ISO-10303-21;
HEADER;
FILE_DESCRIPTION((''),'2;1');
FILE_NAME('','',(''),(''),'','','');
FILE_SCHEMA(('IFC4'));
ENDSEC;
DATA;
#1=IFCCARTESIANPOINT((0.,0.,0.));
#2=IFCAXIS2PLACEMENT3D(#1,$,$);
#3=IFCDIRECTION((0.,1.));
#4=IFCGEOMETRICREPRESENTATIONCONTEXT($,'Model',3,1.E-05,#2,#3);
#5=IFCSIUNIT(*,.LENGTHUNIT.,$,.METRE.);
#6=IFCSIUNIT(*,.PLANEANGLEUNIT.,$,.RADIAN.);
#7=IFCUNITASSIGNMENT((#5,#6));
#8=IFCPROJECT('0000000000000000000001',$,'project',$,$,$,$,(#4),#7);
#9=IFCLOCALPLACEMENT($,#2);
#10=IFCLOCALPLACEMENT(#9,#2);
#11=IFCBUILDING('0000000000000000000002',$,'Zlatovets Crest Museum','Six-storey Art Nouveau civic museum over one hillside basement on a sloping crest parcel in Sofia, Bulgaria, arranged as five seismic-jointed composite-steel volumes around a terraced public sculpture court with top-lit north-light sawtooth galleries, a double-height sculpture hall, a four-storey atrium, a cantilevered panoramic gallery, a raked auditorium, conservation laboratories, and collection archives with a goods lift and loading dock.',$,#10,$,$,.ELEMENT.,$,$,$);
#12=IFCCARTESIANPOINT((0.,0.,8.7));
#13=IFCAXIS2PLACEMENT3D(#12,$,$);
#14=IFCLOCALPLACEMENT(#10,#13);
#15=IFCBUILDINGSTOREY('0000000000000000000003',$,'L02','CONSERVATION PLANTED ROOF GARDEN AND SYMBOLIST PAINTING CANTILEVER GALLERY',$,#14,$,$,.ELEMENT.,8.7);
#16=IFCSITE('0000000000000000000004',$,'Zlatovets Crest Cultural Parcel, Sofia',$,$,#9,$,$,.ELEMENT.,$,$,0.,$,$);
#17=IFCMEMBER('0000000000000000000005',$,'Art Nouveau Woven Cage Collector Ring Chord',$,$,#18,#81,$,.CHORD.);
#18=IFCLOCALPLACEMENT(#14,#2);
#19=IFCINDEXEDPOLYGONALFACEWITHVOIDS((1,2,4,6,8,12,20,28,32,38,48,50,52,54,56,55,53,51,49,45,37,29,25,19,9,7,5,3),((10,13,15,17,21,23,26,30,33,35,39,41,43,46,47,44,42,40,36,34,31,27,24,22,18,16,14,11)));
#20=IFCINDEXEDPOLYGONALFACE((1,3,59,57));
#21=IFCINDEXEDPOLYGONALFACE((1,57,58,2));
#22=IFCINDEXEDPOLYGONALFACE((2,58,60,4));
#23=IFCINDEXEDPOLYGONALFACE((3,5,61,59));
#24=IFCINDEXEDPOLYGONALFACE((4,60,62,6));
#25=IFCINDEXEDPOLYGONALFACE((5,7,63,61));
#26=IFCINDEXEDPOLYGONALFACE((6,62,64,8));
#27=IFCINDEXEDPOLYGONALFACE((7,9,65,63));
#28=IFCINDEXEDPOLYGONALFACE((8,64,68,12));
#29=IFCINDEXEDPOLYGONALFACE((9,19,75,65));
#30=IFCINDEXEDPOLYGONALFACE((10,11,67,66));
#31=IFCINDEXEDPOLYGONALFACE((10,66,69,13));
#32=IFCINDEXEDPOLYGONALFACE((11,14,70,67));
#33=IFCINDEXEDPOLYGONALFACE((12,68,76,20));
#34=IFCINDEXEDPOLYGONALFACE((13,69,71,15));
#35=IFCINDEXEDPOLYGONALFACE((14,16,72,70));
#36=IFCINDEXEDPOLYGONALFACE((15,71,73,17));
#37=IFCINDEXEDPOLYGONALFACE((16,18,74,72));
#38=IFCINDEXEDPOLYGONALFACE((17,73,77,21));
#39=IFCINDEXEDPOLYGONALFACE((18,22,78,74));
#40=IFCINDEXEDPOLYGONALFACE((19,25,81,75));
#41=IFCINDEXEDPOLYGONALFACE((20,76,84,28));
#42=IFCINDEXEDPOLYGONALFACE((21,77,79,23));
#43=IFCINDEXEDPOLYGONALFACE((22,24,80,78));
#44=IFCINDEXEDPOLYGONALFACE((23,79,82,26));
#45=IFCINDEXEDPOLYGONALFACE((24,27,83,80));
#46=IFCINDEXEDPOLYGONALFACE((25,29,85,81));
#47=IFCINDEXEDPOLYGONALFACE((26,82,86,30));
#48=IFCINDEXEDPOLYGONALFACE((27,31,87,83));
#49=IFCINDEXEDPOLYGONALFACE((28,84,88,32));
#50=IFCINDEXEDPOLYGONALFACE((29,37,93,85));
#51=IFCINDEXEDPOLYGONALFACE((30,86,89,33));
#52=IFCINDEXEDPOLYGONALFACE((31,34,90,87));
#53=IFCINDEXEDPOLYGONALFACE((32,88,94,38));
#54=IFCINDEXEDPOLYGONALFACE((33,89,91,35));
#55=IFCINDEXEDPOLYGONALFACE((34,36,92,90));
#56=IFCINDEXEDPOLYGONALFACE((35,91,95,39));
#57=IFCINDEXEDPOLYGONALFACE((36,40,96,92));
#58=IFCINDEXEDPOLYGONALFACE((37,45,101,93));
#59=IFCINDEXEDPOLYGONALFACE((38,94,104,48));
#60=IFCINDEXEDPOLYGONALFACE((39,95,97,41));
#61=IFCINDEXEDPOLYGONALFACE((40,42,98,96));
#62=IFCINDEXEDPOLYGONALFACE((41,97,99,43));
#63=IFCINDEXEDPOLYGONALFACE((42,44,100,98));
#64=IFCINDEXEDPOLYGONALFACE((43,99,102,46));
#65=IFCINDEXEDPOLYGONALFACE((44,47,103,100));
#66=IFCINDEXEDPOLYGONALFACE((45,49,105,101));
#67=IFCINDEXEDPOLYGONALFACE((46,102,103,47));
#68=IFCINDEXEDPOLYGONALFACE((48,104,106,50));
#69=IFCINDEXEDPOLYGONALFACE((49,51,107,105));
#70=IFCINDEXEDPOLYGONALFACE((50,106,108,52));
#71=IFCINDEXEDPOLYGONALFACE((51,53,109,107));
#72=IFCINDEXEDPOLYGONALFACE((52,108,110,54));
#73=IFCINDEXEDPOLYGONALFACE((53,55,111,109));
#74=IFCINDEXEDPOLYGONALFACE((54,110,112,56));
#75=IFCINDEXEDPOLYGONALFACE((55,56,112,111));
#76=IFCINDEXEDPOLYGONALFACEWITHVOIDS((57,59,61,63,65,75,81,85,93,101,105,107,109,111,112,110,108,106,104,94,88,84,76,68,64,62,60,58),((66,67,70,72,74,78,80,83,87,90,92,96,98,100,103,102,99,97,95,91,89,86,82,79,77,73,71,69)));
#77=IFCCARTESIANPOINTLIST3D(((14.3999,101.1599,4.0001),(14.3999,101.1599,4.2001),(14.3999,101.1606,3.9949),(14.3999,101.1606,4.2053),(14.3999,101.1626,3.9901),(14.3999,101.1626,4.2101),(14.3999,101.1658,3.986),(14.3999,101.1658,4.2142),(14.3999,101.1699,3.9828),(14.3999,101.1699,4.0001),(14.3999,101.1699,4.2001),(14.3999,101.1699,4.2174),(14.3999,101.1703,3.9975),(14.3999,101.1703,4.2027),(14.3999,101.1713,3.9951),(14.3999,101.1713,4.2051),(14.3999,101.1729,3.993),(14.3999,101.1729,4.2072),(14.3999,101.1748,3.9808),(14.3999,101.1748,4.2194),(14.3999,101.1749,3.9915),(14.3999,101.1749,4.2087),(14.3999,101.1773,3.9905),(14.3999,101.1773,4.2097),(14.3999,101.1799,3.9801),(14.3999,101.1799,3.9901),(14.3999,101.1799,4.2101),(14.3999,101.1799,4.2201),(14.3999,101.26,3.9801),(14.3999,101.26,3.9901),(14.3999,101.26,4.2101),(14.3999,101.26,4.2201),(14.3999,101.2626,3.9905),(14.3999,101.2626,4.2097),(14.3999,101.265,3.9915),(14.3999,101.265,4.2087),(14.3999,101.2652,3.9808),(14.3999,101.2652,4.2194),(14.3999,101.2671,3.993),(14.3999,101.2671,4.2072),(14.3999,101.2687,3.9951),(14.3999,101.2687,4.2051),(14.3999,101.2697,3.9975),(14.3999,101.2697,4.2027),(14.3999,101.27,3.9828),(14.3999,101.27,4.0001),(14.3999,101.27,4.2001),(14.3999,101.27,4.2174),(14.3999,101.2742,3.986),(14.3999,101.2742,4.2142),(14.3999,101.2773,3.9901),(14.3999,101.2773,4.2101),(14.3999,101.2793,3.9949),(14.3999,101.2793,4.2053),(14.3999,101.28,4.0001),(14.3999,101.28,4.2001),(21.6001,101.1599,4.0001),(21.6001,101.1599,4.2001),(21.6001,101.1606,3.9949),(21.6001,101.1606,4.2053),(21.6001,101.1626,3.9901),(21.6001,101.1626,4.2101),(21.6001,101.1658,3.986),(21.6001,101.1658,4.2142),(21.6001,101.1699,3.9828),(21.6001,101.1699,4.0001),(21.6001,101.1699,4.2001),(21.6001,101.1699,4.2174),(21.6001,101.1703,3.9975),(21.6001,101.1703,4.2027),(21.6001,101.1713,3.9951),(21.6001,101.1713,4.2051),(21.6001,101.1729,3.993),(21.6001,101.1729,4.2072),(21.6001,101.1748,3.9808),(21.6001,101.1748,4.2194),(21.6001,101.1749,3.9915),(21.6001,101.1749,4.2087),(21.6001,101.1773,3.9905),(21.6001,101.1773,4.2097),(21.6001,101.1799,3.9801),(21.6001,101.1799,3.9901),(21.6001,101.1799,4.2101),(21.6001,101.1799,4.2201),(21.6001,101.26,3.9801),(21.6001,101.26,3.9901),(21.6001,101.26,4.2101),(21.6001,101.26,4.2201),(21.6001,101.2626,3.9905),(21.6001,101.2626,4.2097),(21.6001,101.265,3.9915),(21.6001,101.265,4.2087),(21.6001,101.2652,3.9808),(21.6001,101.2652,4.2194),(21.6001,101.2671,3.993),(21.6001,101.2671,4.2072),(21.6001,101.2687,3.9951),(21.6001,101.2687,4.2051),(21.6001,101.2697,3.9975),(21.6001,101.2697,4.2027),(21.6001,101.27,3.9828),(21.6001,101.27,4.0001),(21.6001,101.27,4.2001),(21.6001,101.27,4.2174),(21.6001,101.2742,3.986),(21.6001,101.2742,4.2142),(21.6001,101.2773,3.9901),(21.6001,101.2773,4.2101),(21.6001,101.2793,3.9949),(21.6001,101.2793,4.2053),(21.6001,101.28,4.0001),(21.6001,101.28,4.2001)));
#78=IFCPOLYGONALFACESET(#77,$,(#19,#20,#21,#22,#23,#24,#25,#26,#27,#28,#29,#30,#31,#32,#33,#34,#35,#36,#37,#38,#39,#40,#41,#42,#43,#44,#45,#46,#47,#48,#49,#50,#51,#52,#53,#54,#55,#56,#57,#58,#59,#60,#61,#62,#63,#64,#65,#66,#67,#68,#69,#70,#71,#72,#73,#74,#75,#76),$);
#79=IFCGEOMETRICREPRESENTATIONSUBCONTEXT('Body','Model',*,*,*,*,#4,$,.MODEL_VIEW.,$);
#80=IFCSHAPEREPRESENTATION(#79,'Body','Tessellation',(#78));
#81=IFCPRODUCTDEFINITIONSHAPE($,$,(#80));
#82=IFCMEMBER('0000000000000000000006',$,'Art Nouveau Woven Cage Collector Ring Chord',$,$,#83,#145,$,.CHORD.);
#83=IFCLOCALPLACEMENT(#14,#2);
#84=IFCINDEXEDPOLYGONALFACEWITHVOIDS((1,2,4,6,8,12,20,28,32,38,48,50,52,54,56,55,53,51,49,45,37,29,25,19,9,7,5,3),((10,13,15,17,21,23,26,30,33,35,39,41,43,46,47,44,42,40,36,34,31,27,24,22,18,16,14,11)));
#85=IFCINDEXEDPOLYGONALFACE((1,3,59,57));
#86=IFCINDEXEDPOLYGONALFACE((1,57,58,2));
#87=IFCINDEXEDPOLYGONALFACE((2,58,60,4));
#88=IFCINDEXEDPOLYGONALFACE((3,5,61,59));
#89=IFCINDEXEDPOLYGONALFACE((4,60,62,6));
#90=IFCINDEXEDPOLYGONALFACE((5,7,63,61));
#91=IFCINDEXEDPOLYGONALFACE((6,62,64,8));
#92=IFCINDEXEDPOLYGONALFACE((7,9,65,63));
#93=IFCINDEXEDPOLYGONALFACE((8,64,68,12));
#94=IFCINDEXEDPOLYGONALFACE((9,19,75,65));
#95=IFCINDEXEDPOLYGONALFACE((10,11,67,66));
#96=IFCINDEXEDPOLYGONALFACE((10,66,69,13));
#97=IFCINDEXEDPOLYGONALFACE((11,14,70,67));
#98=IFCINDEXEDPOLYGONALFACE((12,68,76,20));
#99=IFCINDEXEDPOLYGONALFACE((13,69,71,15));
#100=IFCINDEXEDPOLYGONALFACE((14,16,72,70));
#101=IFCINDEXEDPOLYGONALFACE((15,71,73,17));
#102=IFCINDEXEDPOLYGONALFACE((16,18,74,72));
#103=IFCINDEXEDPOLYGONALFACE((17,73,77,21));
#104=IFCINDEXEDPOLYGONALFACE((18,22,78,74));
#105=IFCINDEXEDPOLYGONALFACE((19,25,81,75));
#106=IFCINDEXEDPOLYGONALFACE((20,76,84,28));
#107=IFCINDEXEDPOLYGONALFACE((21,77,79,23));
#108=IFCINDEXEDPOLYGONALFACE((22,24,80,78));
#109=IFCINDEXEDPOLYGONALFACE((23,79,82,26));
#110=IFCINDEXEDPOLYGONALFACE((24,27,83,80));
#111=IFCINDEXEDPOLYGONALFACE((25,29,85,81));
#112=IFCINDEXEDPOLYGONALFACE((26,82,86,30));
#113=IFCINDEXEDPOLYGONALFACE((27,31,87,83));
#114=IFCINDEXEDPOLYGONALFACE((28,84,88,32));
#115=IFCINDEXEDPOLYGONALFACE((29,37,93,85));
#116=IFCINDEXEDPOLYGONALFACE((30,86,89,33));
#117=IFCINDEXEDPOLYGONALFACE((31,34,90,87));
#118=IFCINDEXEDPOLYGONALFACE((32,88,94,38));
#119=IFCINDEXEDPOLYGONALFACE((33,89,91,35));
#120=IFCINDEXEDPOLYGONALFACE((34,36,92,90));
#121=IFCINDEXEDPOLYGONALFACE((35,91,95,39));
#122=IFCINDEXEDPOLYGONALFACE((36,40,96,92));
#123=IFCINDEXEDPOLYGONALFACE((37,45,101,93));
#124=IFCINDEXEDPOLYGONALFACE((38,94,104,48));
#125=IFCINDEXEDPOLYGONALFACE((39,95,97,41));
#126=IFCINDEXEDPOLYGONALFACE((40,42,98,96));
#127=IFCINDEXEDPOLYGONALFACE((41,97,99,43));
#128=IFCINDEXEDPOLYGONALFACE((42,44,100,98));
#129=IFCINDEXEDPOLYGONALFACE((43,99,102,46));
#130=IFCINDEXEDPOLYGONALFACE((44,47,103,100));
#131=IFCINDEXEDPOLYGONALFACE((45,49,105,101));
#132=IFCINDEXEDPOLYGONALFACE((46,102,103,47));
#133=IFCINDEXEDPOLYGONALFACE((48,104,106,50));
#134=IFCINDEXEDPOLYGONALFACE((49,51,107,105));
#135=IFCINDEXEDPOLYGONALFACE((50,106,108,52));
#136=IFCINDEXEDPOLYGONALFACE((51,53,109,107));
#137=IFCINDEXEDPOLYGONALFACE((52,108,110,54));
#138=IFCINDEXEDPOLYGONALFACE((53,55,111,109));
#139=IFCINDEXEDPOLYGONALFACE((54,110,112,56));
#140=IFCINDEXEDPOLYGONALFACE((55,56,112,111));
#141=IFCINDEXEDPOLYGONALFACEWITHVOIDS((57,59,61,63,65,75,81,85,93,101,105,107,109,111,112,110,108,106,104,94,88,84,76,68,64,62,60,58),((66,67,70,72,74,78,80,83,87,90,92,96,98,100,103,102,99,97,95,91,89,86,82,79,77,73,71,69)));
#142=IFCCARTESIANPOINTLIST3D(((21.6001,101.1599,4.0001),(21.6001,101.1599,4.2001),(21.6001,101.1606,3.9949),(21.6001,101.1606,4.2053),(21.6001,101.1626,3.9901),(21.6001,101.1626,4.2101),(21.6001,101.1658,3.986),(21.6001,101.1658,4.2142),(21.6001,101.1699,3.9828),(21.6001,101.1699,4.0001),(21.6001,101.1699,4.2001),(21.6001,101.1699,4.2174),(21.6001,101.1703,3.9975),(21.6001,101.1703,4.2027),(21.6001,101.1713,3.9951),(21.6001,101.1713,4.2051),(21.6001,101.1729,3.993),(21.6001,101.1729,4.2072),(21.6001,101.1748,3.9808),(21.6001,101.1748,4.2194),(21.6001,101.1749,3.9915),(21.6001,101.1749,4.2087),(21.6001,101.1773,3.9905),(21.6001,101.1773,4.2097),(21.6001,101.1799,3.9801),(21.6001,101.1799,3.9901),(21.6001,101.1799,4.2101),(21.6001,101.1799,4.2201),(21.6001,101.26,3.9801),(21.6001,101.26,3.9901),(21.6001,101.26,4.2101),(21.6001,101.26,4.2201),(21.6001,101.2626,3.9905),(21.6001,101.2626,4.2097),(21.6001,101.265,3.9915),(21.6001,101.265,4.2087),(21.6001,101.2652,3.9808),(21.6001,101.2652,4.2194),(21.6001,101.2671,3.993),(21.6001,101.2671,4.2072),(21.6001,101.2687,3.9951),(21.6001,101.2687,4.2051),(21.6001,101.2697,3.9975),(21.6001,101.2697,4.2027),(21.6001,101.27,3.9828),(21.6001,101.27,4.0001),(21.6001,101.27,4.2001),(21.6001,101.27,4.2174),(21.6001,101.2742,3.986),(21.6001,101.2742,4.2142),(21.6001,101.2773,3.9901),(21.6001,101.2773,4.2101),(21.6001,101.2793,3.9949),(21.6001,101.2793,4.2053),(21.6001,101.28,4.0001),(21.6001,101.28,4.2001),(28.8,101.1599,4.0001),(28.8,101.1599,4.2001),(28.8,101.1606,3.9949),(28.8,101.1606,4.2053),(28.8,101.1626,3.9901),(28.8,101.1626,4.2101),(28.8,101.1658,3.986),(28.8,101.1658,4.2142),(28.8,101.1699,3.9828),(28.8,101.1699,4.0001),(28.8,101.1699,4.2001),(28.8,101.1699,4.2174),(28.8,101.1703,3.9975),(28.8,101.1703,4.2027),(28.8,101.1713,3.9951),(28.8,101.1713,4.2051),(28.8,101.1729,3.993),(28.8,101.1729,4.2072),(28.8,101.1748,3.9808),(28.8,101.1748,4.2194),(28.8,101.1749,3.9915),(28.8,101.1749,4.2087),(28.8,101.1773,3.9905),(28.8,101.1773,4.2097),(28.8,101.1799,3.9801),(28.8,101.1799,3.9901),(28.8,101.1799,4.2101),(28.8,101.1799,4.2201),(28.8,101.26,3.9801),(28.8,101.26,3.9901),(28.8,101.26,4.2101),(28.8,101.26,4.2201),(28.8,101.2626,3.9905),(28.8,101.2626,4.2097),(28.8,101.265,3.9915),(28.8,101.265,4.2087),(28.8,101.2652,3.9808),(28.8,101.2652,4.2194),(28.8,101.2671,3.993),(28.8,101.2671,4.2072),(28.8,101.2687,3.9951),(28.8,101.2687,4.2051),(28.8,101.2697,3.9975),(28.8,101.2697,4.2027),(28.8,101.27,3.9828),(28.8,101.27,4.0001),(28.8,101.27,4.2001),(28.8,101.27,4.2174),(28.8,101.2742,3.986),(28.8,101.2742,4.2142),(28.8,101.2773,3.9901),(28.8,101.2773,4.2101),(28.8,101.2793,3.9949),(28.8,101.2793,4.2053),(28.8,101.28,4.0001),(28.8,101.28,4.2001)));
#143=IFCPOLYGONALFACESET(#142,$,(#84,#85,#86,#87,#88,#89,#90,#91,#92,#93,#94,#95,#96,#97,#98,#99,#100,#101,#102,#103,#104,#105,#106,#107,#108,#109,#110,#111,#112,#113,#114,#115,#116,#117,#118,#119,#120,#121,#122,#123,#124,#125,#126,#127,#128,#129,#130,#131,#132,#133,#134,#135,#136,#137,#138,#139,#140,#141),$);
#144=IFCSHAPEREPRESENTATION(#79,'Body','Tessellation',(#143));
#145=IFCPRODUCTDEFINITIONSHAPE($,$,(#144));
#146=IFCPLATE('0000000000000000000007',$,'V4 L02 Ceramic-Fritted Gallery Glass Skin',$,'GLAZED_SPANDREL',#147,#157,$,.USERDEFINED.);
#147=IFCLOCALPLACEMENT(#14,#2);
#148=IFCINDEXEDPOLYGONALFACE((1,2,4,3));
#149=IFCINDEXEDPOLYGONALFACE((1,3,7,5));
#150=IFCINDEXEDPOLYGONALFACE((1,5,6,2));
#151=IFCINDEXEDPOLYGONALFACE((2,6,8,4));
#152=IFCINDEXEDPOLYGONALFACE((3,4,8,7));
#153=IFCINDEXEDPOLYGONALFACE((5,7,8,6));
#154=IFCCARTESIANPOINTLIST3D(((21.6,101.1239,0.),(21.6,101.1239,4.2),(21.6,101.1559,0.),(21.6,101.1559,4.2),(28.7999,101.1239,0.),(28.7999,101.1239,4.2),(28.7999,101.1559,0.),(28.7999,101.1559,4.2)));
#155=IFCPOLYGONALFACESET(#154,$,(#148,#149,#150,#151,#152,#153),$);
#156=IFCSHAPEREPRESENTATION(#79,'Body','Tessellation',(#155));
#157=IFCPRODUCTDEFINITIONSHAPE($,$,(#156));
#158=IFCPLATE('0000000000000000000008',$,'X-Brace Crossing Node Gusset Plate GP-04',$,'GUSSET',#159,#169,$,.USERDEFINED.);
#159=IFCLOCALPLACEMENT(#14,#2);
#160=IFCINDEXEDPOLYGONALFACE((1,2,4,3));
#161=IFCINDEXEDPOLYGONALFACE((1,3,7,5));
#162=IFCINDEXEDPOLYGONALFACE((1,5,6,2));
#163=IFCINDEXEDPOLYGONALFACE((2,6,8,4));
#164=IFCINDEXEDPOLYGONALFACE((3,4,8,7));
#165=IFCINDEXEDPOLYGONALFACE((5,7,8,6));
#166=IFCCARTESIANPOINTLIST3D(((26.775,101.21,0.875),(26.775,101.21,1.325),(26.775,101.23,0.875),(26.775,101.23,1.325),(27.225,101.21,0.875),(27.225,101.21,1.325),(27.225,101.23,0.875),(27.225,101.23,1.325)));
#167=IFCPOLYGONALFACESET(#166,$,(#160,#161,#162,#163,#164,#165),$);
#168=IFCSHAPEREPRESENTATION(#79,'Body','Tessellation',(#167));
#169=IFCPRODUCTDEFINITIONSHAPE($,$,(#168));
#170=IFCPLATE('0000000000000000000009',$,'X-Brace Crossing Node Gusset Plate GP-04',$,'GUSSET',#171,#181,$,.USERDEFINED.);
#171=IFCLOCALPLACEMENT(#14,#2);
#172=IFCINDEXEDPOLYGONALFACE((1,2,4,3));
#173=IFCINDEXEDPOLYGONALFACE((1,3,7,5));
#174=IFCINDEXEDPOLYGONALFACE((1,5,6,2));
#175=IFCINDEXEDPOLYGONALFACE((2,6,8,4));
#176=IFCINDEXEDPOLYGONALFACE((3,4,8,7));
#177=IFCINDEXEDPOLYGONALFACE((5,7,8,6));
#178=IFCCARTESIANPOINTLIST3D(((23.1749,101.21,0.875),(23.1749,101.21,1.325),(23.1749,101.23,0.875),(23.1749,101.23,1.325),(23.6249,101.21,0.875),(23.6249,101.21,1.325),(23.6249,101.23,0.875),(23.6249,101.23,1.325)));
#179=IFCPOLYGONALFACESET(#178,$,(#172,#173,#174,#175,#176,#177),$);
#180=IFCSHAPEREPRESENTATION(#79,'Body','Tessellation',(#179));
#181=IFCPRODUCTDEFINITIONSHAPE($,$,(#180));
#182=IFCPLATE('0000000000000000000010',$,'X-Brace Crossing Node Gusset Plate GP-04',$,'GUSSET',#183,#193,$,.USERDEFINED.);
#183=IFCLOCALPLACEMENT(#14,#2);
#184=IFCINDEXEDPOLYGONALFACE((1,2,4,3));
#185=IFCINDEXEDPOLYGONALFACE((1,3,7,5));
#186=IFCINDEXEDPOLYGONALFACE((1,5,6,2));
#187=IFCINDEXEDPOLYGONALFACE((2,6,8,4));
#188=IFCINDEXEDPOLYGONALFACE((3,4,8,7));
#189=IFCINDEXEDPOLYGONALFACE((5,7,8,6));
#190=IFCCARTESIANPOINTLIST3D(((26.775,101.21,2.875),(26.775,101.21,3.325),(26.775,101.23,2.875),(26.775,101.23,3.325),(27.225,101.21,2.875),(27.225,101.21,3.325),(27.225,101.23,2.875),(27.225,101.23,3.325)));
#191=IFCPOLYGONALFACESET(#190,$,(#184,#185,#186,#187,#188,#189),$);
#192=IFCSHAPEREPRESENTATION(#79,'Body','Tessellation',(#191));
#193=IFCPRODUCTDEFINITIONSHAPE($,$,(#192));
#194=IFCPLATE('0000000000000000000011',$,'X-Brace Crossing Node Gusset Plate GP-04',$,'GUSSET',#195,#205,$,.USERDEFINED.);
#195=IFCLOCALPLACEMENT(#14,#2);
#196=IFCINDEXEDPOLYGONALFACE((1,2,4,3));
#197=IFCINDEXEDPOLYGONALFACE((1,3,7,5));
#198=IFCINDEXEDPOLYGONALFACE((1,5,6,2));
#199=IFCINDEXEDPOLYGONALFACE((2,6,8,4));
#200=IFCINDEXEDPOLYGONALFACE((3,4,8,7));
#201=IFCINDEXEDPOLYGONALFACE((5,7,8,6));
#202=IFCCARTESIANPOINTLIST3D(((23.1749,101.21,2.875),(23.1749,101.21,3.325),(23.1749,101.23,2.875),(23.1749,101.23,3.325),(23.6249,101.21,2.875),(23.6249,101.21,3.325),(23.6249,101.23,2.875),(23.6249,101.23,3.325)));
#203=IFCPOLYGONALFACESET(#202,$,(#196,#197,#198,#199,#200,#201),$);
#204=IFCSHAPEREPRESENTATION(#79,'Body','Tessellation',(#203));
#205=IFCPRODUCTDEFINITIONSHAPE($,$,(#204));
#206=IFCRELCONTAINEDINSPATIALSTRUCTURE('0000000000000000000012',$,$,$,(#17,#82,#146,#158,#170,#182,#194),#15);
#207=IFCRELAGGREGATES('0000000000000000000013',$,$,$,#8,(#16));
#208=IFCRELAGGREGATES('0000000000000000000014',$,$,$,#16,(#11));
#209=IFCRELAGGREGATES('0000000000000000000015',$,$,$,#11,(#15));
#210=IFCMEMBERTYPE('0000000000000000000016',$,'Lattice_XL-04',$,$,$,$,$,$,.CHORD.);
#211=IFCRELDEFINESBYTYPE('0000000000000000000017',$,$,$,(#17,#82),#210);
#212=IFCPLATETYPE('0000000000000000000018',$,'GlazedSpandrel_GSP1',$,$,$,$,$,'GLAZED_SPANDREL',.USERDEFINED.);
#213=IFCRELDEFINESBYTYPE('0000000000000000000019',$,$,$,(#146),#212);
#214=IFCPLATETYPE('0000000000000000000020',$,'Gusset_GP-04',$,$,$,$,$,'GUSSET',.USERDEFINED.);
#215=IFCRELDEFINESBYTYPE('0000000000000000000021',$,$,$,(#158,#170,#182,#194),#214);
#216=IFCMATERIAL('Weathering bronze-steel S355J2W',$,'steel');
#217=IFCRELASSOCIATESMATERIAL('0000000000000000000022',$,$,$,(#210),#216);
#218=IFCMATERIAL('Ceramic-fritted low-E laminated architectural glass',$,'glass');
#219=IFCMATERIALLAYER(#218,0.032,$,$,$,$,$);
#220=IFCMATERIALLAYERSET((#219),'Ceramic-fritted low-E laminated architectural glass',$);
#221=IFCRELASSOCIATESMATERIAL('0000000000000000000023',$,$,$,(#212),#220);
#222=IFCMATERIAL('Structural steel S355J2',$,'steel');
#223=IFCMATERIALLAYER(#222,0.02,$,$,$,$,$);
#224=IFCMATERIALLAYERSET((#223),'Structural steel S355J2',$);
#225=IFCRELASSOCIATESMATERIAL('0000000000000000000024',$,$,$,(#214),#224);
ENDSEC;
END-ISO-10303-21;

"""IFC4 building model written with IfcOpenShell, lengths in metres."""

from ifc_helpers import new_model, si_unit, direction, frame, origin, origin_2d, place, context, subcontext, project, spatial, rectangle, hollow_rectangle, extrude, material, layer, layer_set, material_profile, profile_set, type_object, element, save


model = new_model("IFC4")

# Units and contexts
model_context = context("Model", 3, precision=1e-05, world=origin(), true_north=direction((0.0, 1.0)))
body_context = subcontext(model_context, "Body", "Model", "MODEL_VIEW")
ifc_project = project(units=[si_unit("LENGTHUNIT", "METRE"), si_unit("PLANEANGLEUNIT", "RADIAN")], contexts=[model_context])

# Site, building, storey
site_placement = place(None, origin())
site = spatial("IfcSite", under=ifc_project, at=site_placement, Name="Zlatovets Crest Cultural Parcel, Sofia", CompositionType="ELEMENT", RefElevation=0.0)
building_placement = place(site_placement, origin())
building = spatial("IfcBuilding", under=site, at=building_placement, Name="Zlatovets Crest Museum", Description="Six-storey Art Nouveau civic museum over one hillside basement on a sloping crest parcel in Sofia, Bulgaria, arranged as five seismic-jointed composite-steel volumes around a terraced public sculpture court with top-lit north-light sawtooth galleries, a double-height sculpture hall, a four-storey atrium, a cantilevered panoramic gallery, a raked auditorium, conservation laboratories, and collection archives with a goods lift and loading dock.", CompositionType="ELEMENT")
storey_placement = place(building_placement, frame((0.0, 0.0, 8.7)))
storey = spatial("IfcBuildingStorey", under=building, at=storey_placement, Name="L02", Description="CONSERVATION PLANTED ROOF GARDEN AND SYMBOLIST PAINTING CANTILEVER GALLERY", CompositionType="ELEMENT", Elevation=8.7)

# Shared definitions
ifc_material_1 = material(Name="Structural steel S355J2", Category="steel")

# Members
ifc_material_2 = material(Name="Weathering bronze-steel S355J2W", Category="steel")
ifc_material_profile_1 = material_profile(ifc_material_2, hollow_rectangle(XDim=0.1201, YDim=0.24, WallThickness=0.01, InnerFilletRadius=0.01, OuterFilletRadius=0.02, at=origin_2d()), Name="RHS 120x240x10.0")
ifc_profile_set_1 = profile_set([ifc_material_profile_1], Name="Weathering bronze-steel S355J2W")
member_type_1 = type_object("IfcMemberType", Name="Lattice_XL-04", PredefinedType="CHORD", material=ifc_profile_set_1)
member_1_placement = place(storey_placement, frame((21.6001, 101.22, 4.1001), z_axis=(-1.0, 0.0, 0.0), x_axis=(0.0, -1.0, 0.0)))
element("IfcMember", 1, at=member_1_placement, inside=storey, type_object=member_type_1, Name="Art Nouveau Woven Cage Collector Ring Chord", PredefinedType="CHORD", context=body_context, shape_type="SweptSolid", body=[
    extrude(hollow_rectangle(XDim=0.1201, YDim=0.24, WallThickness=0.01, InnerFilletRadius=0.01, OuterFilletRadius=0.02, at=origin_2d()), origin(), (0.0, 0.0, 1.0), 7.2002),
])
member_2_placement = place(storey_placement, frame((28.8, 101.22, 4.1001), z_axis=(-1.0, 0.0, 0.0), x_axis=(0.0, -1.0, 0.0)))
element("IfcMember", 2, at=member_2_placement, inside=storey, type_object=member_type_1, Name="Art Nouveau Woven Cage Collector Ring Chord", PredefinedType="CHORD", context=body_context, shape_type="SweptSolid", body=[
    extrude(hollow_rectangle(XDim=0.1201, YDim=0.24, WallThickness=0.01, InnerFilletRadius=0.01, OuterFilletRadius=0.02, at=origin_2d()), origin(), (0.0, 0.0, 1.0), 7.2),
])

# Plates
ifc_material_3 = material(Name="Ceramic-fritted low-E laminated architectural glass", Category="glass")
ifc_layer_1 = layer(ifc_material_3, 0.032)
ifc_layer_set_1 = layer_set([ifc_layer_1], Name="Ceramic-fritted low-E laminated architectural glass")
plate_type_1 = type_object("IfcPlateType", Name="GlazedSpandrel_GSP1", ElementType="GLAZED_SPANDREL", PredefinedType="USERDEFINED", material=ifc_layer_set_1)
plate_placement = place(storey_placement, frame((25.2, 101.1399, 0.0), z_axis=(0.0, 0.0, 1.0), x_axis=(1.0, 0.0, 0.0)))
element("IfcPlate", 3, at=plate_placement, inside=storey, type_object=plate_type_1, Name="V4 L02 Ceramic-Fritted Gallery Glass Skin", ObjectType="GLAZED_SPANDREL", PredefinedType="USERDEFINED", context=body_context, shape_type="SweptSolid", body=[
    extrude(rectangle(XDim=7.2, YDim=0.032, at=origin_2d()), origin(), (0.0, 0.0, 1.0), 4.2),
])
ifc_layer_2 = layer(ifc_material_1, 0.02)
ifc_layer_set_2 = layer_set([ifc_layer_2], Name="Structural steel S355J2")
plate_type_2 = type_object("IfcPlateType", Name="Gusset_GP-04", ElementType="GUSSET", PredefinedType="USERDEFINED", material=ifc_layer_set_2)
for number, where, z_axis, x_axis, name in (
    (4, (27.0, 101.22, 0.875), (0.0, 0.0, 1.0), (1.0, 0.0, 0.0), "X-Brace Crossing Node Gusset Plate GP-04"),
    (5, (23.3999, 101.22, 0.875), (0.0, 0.0, 1.0), (1.0, 0.0, 0.0), "X-Brace Crossing Node Gusset Plate GP-04"),
    (6, (27.0, 101.22, 2.875), (0.0, 0.0, 1.0), (1.0, 0.0, 0.0), "X-Brace Crossing Node Gusset Plate GP-04"),
    (7, (23.3999, 101.22, 2.875), (0.0, 0.0, 1.0), (1.0, 0.0, 0.0), "X-Brace Crossing Node Gusset Plate GP-04"),
):
    element("IfcPlate", number, at=place(storey_placement, frame(where, z_axis=z_axis, x_axis=x_axis)), inside=storey, type_object=plate_type_2, Name=name, ObjectType="GUSSET", PredefinedType="USERDEFINED", context=body_context, shape_type="SweptSolid", body=[
        extrude(rectangle(XDim=0.45, YDim=0.02, at=origin_2d()), origin(), (0.0, 0.0, 1.0), 0.45),
    ])

save(model, "model.ifc")
